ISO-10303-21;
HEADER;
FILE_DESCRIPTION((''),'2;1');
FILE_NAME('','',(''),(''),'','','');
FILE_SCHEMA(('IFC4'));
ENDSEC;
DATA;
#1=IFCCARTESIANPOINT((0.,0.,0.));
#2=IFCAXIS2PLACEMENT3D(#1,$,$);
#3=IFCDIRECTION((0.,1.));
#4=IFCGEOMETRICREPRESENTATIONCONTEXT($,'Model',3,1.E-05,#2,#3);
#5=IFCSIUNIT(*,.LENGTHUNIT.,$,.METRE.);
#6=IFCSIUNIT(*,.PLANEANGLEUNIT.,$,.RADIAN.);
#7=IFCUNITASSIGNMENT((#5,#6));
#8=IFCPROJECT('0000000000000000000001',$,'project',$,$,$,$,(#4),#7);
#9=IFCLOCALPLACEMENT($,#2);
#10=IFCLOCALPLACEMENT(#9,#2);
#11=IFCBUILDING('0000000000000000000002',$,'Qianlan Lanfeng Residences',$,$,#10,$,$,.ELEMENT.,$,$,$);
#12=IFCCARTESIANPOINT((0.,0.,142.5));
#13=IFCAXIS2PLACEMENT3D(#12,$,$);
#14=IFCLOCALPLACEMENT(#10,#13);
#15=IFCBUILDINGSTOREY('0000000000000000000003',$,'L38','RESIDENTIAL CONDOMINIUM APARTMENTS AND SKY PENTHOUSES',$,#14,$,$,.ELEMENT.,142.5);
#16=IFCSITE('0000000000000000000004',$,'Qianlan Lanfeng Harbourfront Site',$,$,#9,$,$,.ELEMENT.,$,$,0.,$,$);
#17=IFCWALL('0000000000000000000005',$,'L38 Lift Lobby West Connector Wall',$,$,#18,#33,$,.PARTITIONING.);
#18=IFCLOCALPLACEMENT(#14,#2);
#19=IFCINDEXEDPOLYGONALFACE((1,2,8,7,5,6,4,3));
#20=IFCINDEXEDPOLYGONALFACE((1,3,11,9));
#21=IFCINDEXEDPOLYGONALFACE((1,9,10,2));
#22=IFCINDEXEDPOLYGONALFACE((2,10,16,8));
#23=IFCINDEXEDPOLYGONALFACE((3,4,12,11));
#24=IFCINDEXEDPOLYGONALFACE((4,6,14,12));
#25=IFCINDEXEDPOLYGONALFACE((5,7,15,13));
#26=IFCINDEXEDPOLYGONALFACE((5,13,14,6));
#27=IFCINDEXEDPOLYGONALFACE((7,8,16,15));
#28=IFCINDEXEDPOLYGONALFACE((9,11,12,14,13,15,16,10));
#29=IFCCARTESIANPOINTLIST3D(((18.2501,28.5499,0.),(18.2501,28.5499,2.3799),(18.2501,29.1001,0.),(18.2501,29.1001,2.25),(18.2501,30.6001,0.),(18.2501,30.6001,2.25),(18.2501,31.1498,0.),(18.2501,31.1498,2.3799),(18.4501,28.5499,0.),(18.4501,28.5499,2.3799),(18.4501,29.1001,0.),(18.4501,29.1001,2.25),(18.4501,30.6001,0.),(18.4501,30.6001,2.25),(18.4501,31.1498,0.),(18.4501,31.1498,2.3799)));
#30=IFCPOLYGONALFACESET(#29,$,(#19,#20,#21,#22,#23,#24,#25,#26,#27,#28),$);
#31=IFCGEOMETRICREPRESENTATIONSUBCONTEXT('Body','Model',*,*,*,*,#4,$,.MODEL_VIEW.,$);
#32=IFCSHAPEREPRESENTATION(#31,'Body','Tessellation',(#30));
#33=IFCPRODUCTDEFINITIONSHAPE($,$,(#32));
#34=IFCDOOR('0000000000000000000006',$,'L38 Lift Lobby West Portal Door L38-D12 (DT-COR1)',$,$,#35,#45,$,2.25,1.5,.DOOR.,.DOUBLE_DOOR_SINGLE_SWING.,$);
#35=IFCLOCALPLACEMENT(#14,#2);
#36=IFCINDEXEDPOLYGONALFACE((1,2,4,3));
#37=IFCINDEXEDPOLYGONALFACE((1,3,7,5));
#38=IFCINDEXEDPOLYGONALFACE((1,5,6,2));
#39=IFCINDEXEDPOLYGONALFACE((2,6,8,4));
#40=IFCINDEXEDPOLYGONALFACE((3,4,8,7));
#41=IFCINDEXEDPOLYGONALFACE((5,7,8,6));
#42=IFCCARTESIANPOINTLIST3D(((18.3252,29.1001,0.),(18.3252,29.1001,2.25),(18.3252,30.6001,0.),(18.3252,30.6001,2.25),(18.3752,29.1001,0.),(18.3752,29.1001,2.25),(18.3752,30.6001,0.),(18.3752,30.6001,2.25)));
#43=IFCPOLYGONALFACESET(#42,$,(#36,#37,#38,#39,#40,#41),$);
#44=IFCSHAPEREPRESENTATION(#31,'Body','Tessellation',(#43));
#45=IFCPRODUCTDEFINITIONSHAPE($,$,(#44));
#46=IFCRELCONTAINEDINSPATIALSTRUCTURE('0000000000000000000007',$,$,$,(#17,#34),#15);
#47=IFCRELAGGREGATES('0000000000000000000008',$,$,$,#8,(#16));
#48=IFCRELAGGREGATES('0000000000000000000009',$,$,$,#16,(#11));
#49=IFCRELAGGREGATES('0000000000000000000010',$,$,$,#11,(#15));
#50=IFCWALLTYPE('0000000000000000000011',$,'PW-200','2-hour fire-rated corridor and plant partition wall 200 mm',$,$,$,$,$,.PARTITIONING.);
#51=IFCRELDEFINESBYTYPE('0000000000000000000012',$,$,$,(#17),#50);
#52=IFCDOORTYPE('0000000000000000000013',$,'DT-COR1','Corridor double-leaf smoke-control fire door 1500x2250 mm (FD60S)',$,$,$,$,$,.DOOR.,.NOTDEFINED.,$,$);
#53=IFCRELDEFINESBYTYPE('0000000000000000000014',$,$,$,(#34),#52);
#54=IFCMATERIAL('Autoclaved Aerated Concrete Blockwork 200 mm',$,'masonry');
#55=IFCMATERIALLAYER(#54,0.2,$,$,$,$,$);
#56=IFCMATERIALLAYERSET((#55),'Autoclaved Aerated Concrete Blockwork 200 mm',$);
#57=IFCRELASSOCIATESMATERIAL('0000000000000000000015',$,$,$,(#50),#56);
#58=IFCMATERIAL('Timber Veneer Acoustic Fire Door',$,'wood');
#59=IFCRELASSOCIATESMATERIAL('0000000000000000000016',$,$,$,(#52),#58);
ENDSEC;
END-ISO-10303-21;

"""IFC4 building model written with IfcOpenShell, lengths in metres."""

from ifc_helpers import new_model, si_unit, direction, frame, frame_2d, origin, place, context, subcontext, project, spatial, rectangle, extrude, material, layer, layer_set, type_object, element, fill, save


model = new_model("IFC4")

# Units and contexts
model_context = context("Model", 3, precision=1e-05, world=origin(), true_north=direction((0.0, 1.0)))
body_context = subcontext(model_context, "Body", "Model", "MODEL_VIEW")
ifc_project = project(units=[si_unit("LENGTHUNIT", "METRE"), si_unit("PLANEANGLEUNIT", "RADIAN")], contexts=[model_context])

# Site, building, storey
site_placement = place(None, origin())
site = spatial("IfcSite", under=ifc_project, at=site_placement, Name="Qianlan Lanfeng Harbourfront Site", CompositionType="ELEMENT", RefElevation=0.0)
building_placement = place(site_placement, origin())
building = spatial("IfcBuilding", under=site, at=building_placement, Name="Qianlan Lanfeng Residences", CompositionType="ELEMENT")
storey_placement = place(building_placement, frame((0.0, 0.0, 142.5)))
storey = spatial("IfcBuildingStorey", under=building, at=storey_placement, Name="L38", Description="RESIDENTIAL CONDOMINIUM APARTMENTS AND SKY PENTHOUSES", CompositionType="ELEMENT", Elevation=142.5)

# Wall, opening, door
ifc_material_1 = material(Name="Autoclaved Aerated Concrete Blockwork 200 mm", Category="masonry")
ifc_layer_1 = layer(ifc_material_1, 0.2)
ifc_layer_set_1 = layer_set([ifc_layer_1], Name="Autoclaved Aerated Concrete Blockwork 200 mm")
wall_type_1 = type_object("IfcWallType", Name="PW-200", Description="2-hour fire-rated corridor and plant partition wall 200 mm", PredefinedType="PARTITIONING", material=ifc_layer_set_1)
wall_1_placement = place(storey_placement, frame((18.3501, 28.55, 0.0), z_axis=(0.0, 0.0, 1.0), x_axis=(0.0, 1.0, 0.0)))
wall_1 = element("IfcWall", 1, at=wall_1_placement, inside=storey, type_object=wall_type_1, Name="L38 Lift Lobby West Connector Wall", PredefinedType="PARTITIONING", context=body_context, shape_type="SweptSolid", body=[
    extrude(rectangle(XDim=2.5999, YDim=0.2, at=frame_2d((1.2998, 0.0))), origin(), (0.0, 0.0, 1.0), 2.3799),
])
opening_1_placement = place(wall_1_placement, frame((0.55, 0.0, 0.0)))
opening_1 = element("IfcOpeningElement", 2, at=opening_1_placement, cuts=wall_1, PredefinedType="OPENING", context=body_context, shape_type="SweptSolid", body=[
    extrude(rectangle(XDim=1.5, YDim=2.25, at=frame_2d((0.75, 1.125))), frame((0.0, 0.1099, 0.0), z_axis=(0.0, -1.0, 0.0), x_axis=(1.0, 0.0, 0.0)), (0.0, 0.0, 1.0), 0.22),
])
ifc_material_2 = material(Name="Timber Veneer Acoustic Fire Door", Category="wood")
door_type_1 = type_object("IfcDoorType", Name="DT-COR1", Description="Corridor double-leaf smoke-control fire door 1500x2250 mm (FD60S)", OperationType="NOTDEFINED", PredefinedType="DOOR", material=ifc_material_2)
door_1_placement = place(opening_1_placement, origin())
door_1 = element("IfcDoor", 3, at=door_1_placement, inside=storey, type_object=door_type_1, Name="L38 Lift Lobby West Portal Door L38-D12 (DT-COR1)", OperationType="DOUBLE_DOOR_SINGLE_SWING", OverallHeight=2.25, OverallWidth=1.5, PredefinedType="DOOR", context=body_context, shape_type="SweptSolid", body=[
    extrude(rectangle(XDim=1.5, YDim=2.25, at=frame_2d((0.75, 1.125))), frame((0.0, 0.0249, 0.0), z_axis=(0.0, -1.0, 0.0), x_axis=(1.0, 0.0, 0.0)), (0.0, 0.0, 1.0), 0.05),
])
fill(opening_1, door_1)

save(model, "model.ifc")
